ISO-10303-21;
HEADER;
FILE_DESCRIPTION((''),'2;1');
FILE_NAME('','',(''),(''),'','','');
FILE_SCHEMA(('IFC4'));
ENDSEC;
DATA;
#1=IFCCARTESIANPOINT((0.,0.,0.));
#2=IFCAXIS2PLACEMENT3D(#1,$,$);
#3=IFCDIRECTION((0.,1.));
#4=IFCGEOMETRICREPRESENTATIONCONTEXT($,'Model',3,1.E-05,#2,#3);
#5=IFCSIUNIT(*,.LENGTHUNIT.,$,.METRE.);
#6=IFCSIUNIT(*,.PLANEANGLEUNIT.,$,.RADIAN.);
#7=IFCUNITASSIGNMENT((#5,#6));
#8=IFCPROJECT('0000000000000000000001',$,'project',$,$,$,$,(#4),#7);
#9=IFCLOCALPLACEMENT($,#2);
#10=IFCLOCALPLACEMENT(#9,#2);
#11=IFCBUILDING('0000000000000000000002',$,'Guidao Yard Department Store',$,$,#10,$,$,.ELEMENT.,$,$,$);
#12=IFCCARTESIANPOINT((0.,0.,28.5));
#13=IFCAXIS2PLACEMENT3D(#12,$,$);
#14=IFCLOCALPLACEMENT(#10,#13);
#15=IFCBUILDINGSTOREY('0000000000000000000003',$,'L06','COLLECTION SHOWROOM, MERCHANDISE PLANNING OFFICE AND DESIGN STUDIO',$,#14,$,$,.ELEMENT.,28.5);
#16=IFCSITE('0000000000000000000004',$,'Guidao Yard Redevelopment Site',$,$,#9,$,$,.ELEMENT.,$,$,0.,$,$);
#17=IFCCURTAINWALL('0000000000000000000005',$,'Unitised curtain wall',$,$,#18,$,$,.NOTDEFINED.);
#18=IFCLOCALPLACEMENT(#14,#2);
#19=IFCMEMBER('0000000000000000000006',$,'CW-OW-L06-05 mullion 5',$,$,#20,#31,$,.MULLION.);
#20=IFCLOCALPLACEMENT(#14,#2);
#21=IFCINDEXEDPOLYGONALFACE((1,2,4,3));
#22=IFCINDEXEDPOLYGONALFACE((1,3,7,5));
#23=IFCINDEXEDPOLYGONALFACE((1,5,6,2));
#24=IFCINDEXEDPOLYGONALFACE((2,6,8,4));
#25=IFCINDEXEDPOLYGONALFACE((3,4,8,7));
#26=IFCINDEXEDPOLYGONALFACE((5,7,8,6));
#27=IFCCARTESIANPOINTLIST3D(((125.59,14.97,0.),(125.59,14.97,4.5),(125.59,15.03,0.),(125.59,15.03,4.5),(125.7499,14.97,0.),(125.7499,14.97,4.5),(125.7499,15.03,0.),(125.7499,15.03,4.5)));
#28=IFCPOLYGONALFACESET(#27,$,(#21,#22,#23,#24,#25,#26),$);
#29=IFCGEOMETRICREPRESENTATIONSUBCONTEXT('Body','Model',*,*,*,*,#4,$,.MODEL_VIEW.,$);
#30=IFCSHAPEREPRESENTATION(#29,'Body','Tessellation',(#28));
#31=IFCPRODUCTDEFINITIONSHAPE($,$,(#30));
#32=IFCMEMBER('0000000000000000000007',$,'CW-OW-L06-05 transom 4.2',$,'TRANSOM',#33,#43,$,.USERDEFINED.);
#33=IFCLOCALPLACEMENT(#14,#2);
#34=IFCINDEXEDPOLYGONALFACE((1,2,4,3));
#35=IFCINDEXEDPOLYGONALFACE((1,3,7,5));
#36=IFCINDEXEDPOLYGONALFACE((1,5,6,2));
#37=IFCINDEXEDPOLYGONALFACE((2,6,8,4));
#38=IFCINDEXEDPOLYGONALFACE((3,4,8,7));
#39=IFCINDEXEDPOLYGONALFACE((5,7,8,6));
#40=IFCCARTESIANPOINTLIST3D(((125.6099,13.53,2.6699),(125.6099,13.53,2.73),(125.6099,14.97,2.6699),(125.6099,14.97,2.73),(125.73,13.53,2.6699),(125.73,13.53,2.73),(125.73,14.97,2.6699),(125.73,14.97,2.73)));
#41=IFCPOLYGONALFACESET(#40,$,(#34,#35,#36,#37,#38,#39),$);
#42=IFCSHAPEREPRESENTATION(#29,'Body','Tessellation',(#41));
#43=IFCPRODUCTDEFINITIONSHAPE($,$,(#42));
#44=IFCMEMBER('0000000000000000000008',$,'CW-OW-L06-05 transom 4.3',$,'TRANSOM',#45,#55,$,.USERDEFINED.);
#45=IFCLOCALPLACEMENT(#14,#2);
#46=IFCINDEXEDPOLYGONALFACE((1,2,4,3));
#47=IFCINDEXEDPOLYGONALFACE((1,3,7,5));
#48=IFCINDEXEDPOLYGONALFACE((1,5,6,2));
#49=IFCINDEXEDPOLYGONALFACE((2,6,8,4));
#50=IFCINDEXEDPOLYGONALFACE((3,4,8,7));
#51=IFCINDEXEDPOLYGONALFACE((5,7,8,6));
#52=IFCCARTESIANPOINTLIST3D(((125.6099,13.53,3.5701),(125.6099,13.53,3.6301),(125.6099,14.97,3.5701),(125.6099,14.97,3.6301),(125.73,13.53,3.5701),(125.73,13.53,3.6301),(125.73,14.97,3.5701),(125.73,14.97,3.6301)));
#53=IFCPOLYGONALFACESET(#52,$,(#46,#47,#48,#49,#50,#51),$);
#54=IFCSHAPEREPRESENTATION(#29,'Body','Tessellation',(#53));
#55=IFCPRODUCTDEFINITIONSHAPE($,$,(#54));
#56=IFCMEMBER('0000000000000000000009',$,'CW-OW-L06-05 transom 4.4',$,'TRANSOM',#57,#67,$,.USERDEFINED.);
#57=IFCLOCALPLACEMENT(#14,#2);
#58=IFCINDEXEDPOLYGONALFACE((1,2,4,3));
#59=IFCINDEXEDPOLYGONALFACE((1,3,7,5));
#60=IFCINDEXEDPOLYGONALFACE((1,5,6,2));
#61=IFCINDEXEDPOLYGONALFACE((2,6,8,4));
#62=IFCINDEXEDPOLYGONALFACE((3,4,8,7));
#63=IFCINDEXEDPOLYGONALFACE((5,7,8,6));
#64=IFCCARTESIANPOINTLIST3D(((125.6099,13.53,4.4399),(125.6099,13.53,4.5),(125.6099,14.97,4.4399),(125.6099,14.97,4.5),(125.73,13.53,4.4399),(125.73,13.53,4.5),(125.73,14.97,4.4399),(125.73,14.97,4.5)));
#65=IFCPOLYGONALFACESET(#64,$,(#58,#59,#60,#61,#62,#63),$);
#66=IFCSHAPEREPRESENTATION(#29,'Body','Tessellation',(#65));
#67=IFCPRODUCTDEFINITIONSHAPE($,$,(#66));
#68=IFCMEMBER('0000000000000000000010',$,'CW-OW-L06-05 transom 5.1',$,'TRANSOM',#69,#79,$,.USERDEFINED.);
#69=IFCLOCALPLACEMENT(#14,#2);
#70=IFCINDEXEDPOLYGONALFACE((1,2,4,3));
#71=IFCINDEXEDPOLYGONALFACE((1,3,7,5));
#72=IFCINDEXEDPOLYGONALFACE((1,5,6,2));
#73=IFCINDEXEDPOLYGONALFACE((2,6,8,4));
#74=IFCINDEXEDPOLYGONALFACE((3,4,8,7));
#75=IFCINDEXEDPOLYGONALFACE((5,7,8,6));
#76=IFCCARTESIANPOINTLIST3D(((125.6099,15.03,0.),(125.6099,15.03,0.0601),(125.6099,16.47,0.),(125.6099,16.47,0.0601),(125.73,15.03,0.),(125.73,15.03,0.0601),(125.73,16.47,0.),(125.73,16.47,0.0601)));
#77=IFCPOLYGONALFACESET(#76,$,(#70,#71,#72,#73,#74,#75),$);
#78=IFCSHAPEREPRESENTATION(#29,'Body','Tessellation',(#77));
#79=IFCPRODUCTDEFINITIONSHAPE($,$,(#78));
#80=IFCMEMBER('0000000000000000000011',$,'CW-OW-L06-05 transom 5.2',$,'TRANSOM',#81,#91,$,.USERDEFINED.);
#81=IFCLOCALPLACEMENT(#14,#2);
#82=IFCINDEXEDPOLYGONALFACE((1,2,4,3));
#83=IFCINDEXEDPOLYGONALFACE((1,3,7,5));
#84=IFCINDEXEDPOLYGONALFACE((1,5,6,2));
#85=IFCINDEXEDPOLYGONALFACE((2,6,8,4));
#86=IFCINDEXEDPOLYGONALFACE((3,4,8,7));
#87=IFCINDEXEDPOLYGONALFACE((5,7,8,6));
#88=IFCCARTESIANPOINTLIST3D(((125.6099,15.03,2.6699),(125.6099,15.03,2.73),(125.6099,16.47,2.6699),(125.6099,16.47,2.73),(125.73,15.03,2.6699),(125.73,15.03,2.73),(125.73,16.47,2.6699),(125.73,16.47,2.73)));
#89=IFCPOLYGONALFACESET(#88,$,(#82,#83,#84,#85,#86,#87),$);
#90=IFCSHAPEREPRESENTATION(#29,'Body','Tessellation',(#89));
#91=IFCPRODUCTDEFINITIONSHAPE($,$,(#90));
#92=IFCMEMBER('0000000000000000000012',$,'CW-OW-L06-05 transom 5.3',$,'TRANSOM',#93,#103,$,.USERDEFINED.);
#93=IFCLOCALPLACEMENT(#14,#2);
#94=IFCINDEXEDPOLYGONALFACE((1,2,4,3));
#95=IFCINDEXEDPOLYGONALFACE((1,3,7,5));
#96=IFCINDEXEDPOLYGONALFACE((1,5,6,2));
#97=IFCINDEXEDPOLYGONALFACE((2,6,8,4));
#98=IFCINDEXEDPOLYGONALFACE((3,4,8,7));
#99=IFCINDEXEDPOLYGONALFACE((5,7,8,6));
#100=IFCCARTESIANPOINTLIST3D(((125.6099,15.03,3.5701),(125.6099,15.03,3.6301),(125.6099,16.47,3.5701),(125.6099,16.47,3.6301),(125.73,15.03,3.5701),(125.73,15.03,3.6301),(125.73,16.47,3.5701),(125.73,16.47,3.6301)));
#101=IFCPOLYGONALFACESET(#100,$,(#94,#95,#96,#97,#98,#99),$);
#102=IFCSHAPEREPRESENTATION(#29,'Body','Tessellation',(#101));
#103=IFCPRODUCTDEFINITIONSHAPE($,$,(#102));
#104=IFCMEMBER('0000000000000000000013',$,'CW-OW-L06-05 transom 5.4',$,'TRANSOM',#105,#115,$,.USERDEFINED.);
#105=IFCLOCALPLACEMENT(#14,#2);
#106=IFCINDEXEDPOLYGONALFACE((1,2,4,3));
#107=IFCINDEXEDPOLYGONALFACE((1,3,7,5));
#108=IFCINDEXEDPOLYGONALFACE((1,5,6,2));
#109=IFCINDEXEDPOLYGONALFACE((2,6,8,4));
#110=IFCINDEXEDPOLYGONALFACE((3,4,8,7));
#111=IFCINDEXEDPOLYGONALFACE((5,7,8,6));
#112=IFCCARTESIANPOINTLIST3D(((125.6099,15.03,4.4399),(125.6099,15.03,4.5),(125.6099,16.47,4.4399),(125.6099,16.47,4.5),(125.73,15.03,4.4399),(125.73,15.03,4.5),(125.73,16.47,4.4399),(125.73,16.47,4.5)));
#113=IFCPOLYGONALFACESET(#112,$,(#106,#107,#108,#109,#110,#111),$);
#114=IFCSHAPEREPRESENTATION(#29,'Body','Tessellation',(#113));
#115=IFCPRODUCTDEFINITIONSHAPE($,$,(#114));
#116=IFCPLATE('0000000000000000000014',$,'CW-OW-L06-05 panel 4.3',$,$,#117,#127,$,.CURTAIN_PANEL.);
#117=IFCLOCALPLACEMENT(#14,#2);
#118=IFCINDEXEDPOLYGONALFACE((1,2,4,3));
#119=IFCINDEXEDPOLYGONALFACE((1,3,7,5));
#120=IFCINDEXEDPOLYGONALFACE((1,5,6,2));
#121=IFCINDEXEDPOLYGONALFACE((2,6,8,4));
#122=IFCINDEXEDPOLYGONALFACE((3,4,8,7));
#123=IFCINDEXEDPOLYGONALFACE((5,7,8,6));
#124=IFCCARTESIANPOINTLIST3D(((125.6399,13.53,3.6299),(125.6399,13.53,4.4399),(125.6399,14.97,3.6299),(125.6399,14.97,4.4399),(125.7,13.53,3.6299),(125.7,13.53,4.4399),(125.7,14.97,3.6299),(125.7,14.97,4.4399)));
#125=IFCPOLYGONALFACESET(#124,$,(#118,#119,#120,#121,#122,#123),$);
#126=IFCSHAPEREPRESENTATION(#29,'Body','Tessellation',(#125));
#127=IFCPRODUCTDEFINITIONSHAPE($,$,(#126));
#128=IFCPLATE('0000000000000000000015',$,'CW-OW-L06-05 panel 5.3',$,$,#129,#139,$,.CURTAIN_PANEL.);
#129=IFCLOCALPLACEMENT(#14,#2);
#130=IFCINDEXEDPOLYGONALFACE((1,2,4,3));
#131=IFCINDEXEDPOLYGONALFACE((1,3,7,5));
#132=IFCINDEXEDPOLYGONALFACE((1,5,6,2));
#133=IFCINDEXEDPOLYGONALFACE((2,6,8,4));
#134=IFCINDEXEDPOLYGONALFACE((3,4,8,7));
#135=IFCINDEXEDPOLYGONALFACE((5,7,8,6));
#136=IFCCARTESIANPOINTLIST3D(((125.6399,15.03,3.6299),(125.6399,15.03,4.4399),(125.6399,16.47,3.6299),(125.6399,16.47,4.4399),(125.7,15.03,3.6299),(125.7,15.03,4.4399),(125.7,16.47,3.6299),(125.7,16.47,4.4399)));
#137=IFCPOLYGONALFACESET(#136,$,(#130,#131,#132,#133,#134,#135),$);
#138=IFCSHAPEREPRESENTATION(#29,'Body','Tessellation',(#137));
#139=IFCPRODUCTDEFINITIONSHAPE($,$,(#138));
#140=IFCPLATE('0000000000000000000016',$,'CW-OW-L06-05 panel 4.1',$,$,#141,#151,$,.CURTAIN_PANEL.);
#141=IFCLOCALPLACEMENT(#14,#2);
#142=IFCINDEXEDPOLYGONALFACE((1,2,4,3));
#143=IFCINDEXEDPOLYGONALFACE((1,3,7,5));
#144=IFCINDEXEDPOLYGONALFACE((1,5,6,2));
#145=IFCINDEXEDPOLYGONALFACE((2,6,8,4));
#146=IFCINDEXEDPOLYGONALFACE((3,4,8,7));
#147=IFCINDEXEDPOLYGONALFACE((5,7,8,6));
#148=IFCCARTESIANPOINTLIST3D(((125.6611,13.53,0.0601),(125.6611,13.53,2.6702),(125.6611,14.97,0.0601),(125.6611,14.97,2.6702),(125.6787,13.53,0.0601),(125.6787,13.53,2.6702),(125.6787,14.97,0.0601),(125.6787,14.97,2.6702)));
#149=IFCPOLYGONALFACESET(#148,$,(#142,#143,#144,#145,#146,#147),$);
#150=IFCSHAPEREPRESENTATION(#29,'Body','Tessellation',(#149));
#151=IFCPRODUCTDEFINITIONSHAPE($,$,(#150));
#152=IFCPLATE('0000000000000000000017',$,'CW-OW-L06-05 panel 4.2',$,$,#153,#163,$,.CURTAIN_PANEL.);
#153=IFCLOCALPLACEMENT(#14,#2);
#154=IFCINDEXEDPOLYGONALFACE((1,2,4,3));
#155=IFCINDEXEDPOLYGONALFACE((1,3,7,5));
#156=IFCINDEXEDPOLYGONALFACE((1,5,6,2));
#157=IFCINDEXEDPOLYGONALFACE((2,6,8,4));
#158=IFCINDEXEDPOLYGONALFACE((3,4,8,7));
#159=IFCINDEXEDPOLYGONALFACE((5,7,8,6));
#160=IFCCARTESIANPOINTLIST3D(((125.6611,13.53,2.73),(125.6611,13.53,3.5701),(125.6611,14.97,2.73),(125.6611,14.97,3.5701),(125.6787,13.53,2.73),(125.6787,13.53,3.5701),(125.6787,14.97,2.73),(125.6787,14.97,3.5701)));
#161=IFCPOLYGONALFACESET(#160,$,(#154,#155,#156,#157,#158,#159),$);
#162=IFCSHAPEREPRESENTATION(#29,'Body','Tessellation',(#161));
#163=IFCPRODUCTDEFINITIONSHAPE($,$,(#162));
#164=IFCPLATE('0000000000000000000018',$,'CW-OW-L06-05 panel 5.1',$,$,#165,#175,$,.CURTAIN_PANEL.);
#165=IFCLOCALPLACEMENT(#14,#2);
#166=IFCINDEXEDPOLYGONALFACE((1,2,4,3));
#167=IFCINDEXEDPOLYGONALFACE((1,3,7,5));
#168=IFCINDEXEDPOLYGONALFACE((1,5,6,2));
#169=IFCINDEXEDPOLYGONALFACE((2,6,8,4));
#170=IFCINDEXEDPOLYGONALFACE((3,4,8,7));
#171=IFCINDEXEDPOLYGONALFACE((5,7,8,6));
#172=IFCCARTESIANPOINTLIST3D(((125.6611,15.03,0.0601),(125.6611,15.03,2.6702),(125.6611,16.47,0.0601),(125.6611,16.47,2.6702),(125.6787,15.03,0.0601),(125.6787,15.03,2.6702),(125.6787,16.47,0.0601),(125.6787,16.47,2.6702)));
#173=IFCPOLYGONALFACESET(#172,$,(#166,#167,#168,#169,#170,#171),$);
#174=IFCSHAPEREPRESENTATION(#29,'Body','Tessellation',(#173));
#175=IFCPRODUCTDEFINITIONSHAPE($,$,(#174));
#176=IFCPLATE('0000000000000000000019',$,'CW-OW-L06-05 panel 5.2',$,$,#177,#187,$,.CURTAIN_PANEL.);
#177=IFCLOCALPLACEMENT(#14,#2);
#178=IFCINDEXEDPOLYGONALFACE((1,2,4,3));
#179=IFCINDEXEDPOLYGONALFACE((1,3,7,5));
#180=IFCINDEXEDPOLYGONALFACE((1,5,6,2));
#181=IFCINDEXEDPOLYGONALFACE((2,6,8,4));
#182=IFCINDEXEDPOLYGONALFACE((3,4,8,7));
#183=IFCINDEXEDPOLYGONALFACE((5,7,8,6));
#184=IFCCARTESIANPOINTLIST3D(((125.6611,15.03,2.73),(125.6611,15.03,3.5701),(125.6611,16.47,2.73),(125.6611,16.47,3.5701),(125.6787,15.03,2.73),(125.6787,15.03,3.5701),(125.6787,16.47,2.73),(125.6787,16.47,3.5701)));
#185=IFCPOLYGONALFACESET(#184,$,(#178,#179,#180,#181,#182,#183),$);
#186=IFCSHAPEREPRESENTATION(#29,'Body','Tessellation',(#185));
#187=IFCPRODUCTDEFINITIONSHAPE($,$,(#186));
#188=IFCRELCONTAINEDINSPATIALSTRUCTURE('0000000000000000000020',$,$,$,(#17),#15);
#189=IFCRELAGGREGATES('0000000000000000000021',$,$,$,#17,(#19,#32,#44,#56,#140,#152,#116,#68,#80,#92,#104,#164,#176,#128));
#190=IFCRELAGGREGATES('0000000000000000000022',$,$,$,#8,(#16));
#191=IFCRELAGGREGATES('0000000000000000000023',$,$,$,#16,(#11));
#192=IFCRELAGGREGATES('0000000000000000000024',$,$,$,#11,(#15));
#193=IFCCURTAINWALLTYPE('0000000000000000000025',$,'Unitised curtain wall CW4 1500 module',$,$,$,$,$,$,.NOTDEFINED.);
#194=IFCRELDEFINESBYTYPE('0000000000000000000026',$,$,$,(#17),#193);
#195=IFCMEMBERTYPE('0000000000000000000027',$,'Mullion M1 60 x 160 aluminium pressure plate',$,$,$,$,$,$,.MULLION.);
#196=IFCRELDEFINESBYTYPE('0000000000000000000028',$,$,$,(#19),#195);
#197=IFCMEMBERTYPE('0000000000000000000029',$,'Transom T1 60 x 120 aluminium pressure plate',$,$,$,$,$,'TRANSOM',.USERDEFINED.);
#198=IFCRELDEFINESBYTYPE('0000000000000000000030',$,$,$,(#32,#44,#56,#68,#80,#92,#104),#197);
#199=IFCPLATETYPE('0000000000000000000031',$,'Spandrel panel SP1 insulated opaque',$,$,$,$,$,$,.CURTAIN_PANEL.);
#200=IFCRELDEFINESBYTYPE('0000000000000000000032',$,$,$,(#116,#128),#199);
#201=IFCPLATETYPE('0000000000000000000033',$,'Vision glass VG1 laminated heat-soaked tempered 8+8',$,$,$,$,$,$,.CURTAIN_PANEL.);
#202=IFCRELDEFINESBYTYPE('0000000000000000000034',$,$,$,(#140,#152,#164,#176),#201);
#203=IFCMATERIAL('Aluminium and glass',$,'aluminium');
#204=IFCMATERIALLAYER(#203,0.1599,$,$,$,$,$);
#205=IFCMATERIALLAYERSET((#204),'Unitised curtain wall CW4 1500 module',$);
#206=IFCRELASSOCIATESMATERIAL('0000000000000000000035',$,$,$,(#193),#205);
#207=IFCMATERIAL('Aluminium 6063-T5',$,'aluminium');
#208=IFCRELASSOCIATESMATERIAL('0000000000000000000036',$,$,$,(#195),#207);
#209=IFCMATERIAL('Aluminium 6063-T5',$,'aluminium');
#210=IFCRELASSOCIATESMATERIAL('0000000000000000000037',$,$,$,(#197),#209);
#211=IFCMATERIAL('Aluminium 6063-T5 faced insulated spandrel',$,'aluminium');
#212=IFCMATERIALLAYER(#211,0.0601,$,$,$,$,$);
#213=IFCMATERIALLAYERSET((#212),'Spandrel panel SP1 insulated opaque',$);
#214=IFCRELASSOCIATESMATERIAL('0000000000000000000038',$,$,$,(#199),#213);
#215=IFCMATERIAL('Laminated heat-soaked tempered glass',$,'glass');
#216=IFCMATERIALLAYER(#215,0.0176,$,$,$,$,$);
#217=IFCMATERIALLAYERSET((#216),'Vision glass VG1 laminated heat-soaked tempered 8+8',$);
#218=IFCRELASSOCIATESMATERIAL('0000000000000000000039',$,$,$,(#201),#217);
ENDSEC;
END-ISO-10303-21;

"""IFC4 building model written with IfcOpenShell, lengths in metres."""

from ifc_helpers import new_model, si_unit, direction, frame, origin, origin_2d, place, context, subcontext, project, spatial, rectangle, extrude, material, layer, layer_set, material_profile, profile_set, type_object, element, aggregate, save


model = new_model("IFC4")

# Units and contexts
model_context = context("Model", 3, precision=1e-05, world=origin(), true_north=direction((0.0, 1.0)))
body_context = subcontext(model_context, "Body", "Model", "MODEL_VIEW")
ifc_project = project(units=[si_unit("LENGTHUNIT", "METRE"), si_unit("PLANEANGLEUNIT", "RADIAN")], contexts=[model_context])

# Site, building, storey
site_placement = place(None, origin())
site = spatial("IfcSite", under=ifc_project, at=site_placement, Name="Guidao Yard Redevelopment Site", CompositionType="ELEMENT", RefElevation=0.0)
building_placement = place(site_placement, origin())
building = spatial("IfcBuilding", under=site, at=building_placement, Name="Guidao Yard Department Store", CompositionType="ELEMENT")
storey_placement = place(building_placement, frame((0.0, 0.0, 28.5)))
storey = spatial("IfcBuildingStorey", under=building, at=storey_placement, Name="L06", Description="COLLECTION SHOWROOM, MERCHANDISE PLANNING OFFICE AND DESIGN STUDIO", CompositionType="ELEMENT", Elevation=28.5)

# Curtain wall, members, plates
ifc_material_1 = material(Name="Aluminium and glass", Category="aluminium")
ifc_layer_1 = layer(ifc_material_1, 0.1599)
ifc_layer_set_1 = layer_set([ifc_layer_1], Name="Unitised curtain wall CW4 1500 module")
curtain_wall_type = type_object("IfcCurtainWallType", Name="Unitised curtain wall CW4 1500 module", PredefinedType="NOTDEFINED", material=ifc_layer_set_1)
curtain_wall_placement = place(storey_placement, origin())
curtain_wall = element("IfcCurtainWall", 1, at=curtain_wall_placement, inside=storey, type_object=curtain_wall_type, Name="Unitised curtain wall", PredefinedType="NOTDEFINED")
ifc_material_2 = material(Name="Aluminium 6063-T5", Category="aluminium")
ifc_material_profile_1 = material_profile(ifc_material_2, rectangle(XDim=0.0601, YDim=0.1599, at=origin_2d()), Name="Mullion M1 60 x 160 aluminium pressure plate")
ifc_profile_set_1 = profile_set([ifc_material_profile_1], Name="Aluminium 6063-T5")
member_type_1 = type_object("IfcMemberType", Name="Mullion M1 60 x 160 aluminium pressure plate", PredefinedType="MULLION", material=ifc_profile_set_1)
member_1_placement = place(storey_placement, frame((125.6699, 15.0, 0.0), z_axis=(0.0, 0.0, 1.0), x_axis=(0.0, 1.0, 0.0)))
member_1 = element("IfcMember", 2, at=member_1_placement, type_object=member_type_1, Name="CW-OW-L06-05 mullion 5", PredefinedType="MULLION", context=body_context, shape_type="SweptSolid", body=[
    extrude(rectangle(XDim=0.0601, YDim=0.1599, at=origin_2d()), origin(), (0.0, 0.0, 1.0), 4.5),
])
ifc_material_3 = material(Name="Aluminium 6063-T5", Category="aluminium")
ifc_material_profile_2 = material_profile(ifc_material_3, rectangle(XDim=0.1201, YDim=0.0601, at=origin_2d()), Name="Transom T1 60 x 120 aluminium pressure plate")
ifc_profile_set_2 = profile_set([ifc_material_profile_2], Name="Aluminium 6063-T5")
member_type_2 = type_object("IfcMemberType", Name="Transom T1 60 x 120 aluminium pressure plate", ElementType="TRANSOM", PredefinedType="USERDEFINED", material=ifc_profile_set_2)
member_2_placement = place(storey_placement, frame((125.6699, 13.53, 2.7), z_axis=(0.0, 1.0, 0.0), x_axis=(-1.0, 0.0, 0.0)))
member_2 = element("IfcMember", 3, at=member_2_placement, type_object=member_type_2, Name="CW-OW-L06-05 transom 4.2", ObjectType="TRANSOM", PredefinedType="USERDEFINED", context=body_context, shape_type="SweptSolid", body=[
    extrude(rectangle(XDim=0.1201, YDim=0.0601, at=origin_2d()), origin(), (0.0, 0.0, 1.0), 1.4399),
])
member_3_placement = place(storey_placement, frame((125.6699, 13.53, 3.6001), z_axis=(0.0, 1.0, 0.0), x_axis=(-1.0, 0.0, 0.0)))
member_3 = element("IfcMember", 4, at=member_3_placement, type_object=member_type_2, Name="CW-OW-L06-05 transom 4.3", ObjectType="TRANSOM", PredefinedType="USERDEFINED", context=body_context, shape_type="SweptSolid", body=[
    extrude(rectangle(XDim=0.1201, YDim=0.0601, at=origin_2d()), origin(), (0.0, 0.0, 1.0), 1.4399),
])
member_4_placement = place(storey_placement, frame((125.6699, 13.53, 4.47), z_axis=(0.0, 1.0, 0.0), x_axis=(-1.0, 0.0, 0.0)))
member_4 = element("IfcMember", 5, at=member_4_placement, type_object=member_type_2, Name="CW-OW-L06-05 transom 4.4", ObjectType="TRANSOM", PredefinedType="USERDEFINED", context=body_context, shape_type="SweptSolid", body=[
    extrude(rectangle(XDim=0.1201, YDim=0.0601, at=origin_2d()), origin(), (0.0, 0.0, 1.0), 1.4399),
])
member_5_placement = place(storey_placement, frame((125.6699, 15.03, 0.03), z_axis=(0.0, 1.0, 0.0), x_axis=(-1.0, 0.0, 0.0)))
member_5 = element("IfcMember", 6, at=member_5_placement, type_object=member_type_2, Name="CW-OW-L06-05 transom 5.1", ObjectType="TRANSOM", PredefinedType="USERDEFINED", context=body_context, shape_type="SweptSolid", body=[
    extrude(rectangle(XDim=0.1201, YDim=0.0601, at=origin_2d()), origin(), (0.0, 0.0, 1.0), 1.4399),
])
member_6_placement = place(storey_placement, frame((125.6699, 15.03, 2.7), z_axis=(0.0, 1.0, 0.0), x_axis=(-1.0, 0.0, 0.0)))
member_6 = element("IfcMember", 7, at=member_6_placement, type_object=member_type_2, Name="CW-OW-L06-05 transom 5.2", ObjectType="TRANSOM", PredefinedType="USERDEFINED", context=body_context, shape_type="SweptSolid", body=[
    extrude(rectangle(XDim=0.1201, YDim=0.0601, at=origin_2d()), origin(), (0.0, 0.0, 1.0), 1.4399),
])
member_7_placement = place(storey_placement, frame((125.6699, 15.03, 3.6001), z_axis=(0.0, 1.0, 0.0), x_axis=(-1.0, 0.0, 0.0)))
member_7 = element("IfcMember", 8, at=member_7_placement, type_object=member_type_2, Name="CW-OW-L06-05 transom 5.3", ObjectType="TRANSOM", PredefinedType="USERDEFINED", context=body_context, shape_type="SweptSolid", body=[
    extrude(rectangle(XDim=0.1201, YDim=0.0601, at=origin_2d()), origin(), (0.0, 0.0, 1.0), 1.4399),
])
member_8_placement = place(storey_placement, frame((125.6699, 15.03, 4.47), z_axis=(0.0, 1.0, 0.0), x_axis=(-1.0, 0.0, 0.0)))
member_8 = element("IfcMember", 9, at=member_8_placement, type_object=member_type_2, Name="CW-OW-L06-05 transom 5.4", ObjectType="TRANSOM", PredefinedType="USERDEFINED", context=body_context, shape_type="SweptSolid", body=[
    extrude(rectangle(XDim=0.1201, YDim=0.0601, at=origin_2d()), origin(), (0.0, 0.0, 1.0), 1.4399),
])
ifc_material_4 = material(Name="Aluminium 6063-T5 faced insulated spandrel", Category="aluminium")
ifc_layer_2 = layer(ifc_material_4, 0.0601)
ifc_layer_set_2 = layer_set([ifc_layer_2], Name="Spandrel panel SP1 insulated opaque")
plate_type_1 = type_object("IfcPlateType", Name="Spandrel panel SP1 insulated opaque", PredefinedType="CURTAIN_PANEL", material=ifc_layer_set_2)
plate_1_placement = place(storey_placement, frame((125.6699, 14.25, 3.6299), z_axis=(0.0, 0.0, 1.0), x_axis=(0.0, 1.0, 0.0)))
plate_1 = element("IfcPlate", 10, at=plate_1_placement, type_object=plate_type_1, Name="CW-OW-L06-05 panel 4.3", PredefinedType="CURTAIN_PANEL", context=body_context, shape_type="SweptSolid", body=[
    extrude(rectangle(XDim=1.4399, YDim=0.0601, at=origin_2d()), origin(), (0.0, 0.0, 1.0), 0.8101),
])
plate_2_placement = place(storey_placement, frame((125.6699, 15.75, 3.6299), z_axis=(0.0, 0.0, 1.0), x_axis=(0.0, 1.0, 0.0)))
plate_2 = element("IfcPlate", 11, at=plate_2_placement, type_object=plate_type_1, Name="CW-OW-L06-05 panel 5.3", PredefinedType="CURTAIN_PANEL", context=body_context, shape_type="SweptSolid", body=[
    extrude(rectangle(XDim=1.4399, YDim=0.0601, at=origin_2d()), origin(), (0.0, 0.0, 1.0), 0.8101),
])
ifc_material_5 = material(Name="Laminated heat-soaked tempered glass", Category="glass")
ifc_layer_3 = layer(ifc_material_5, 0.0176)
ifc_layer_set_3 = layer_set([ifc_layer_3], Name="Vision glass VG1 laminated heat-soaked tempered 8+8")
plate_type_2 = type_object("IfcPlateType", Name="Vision glass VG1 laminated heat-soaked tempered 8+8", PredefinedType="CURTAIN_PANEL", material=ifc_layer_set_3)
plate_3_placement = place(storey_placement, frame((125.6699, 14.25, 0.0601), z_axis=(0.0, 0.0, 1.0), x_axis=(0.0, 1.0, 0.0)))
plate_3 = element("IfcPlate", 12, at=plate_3_placement, type_object=plate_type_2, Name="CW-OW-L06-05 panel 4.1", PredefinedType="CURTAIN_PANEL", context=body_context, shape_type="SweptSolid", body=[
    extrude(rectangle(XDim=1.4399, YDim=0.0176, at=origin_2d()), origin(), (0.0, 0.0, 1.0), 2.6101),
])
plate_4_placement = place(storey_placement, frame((125.6699, 14.25, 2.73), z_axis=(0.0, 0.0, 1.0), x_axis=(0.0, 1.0, 0.0)))
plate_4 = element("IfcPlate", 13, at=plate_4_placement, type_object=plate_type_2, Name="CW-OW-L06-05 panel 4.2", PredefinedType="CURTAIN_PANEL", context=body_context, shape_type="SweptSolid", body=[
    extrude(rectangle(XDim=1.4399, YDim=0.0176, at=origin_2d()), origin(), (0.0, 0.0, 1.0), 0.8401),
])
plate_5_placement = place(storey_placement, frame((125.6699, 15.75, 0.0601), z_axis=(0.0, 0.0, 1.0), x_axis=(0.0, 1.0, 0.0)))
plate_5 = element("IfcPlate", 14, at=plate_5_placement, type_object=plate_type_2, Name="CW-OW-L06-05 panel 5.1", PredefinedType="CURTAIN_PANEL", context=body_context, shape_type="SweptSolid", body=[
    extrude(rectangle(XDim=1.4399, YDim=0.0176, at=origin_2d()), origin(), (0.0, 0.0, 1.0), 2.6101),
])
plate_6_placement = place(storey_placement, frame((125.6699, 15.75, 2.73), z_axis=(0.0, 0.0, 1.0), x_axis=(0.0, 1.0, 0.0)))
plate_6 = element("IfcPlate", 15, at=plate_6_placement, type_object=plate_type_2, Name="CW-OW-L06-05 panel 5.2", PredefinedType="CURTAIN_PANEL", context=body_context, shape_type="SweptSolid", body=[
    extrude(rectangle(XDim=1.4399, YDim=0.0176, at=origin_2d()), origin(), (0.0, 0.0, 1.0), 0.8401),
])
aggregate(curtain_wall, [member_1, member_2, member_3, member_4, plate_3, plate_4, plate_1, member_5, member_6, member_7, member_8, plate_5, plate_6, plate_2])

save(model, "model.ifc")
